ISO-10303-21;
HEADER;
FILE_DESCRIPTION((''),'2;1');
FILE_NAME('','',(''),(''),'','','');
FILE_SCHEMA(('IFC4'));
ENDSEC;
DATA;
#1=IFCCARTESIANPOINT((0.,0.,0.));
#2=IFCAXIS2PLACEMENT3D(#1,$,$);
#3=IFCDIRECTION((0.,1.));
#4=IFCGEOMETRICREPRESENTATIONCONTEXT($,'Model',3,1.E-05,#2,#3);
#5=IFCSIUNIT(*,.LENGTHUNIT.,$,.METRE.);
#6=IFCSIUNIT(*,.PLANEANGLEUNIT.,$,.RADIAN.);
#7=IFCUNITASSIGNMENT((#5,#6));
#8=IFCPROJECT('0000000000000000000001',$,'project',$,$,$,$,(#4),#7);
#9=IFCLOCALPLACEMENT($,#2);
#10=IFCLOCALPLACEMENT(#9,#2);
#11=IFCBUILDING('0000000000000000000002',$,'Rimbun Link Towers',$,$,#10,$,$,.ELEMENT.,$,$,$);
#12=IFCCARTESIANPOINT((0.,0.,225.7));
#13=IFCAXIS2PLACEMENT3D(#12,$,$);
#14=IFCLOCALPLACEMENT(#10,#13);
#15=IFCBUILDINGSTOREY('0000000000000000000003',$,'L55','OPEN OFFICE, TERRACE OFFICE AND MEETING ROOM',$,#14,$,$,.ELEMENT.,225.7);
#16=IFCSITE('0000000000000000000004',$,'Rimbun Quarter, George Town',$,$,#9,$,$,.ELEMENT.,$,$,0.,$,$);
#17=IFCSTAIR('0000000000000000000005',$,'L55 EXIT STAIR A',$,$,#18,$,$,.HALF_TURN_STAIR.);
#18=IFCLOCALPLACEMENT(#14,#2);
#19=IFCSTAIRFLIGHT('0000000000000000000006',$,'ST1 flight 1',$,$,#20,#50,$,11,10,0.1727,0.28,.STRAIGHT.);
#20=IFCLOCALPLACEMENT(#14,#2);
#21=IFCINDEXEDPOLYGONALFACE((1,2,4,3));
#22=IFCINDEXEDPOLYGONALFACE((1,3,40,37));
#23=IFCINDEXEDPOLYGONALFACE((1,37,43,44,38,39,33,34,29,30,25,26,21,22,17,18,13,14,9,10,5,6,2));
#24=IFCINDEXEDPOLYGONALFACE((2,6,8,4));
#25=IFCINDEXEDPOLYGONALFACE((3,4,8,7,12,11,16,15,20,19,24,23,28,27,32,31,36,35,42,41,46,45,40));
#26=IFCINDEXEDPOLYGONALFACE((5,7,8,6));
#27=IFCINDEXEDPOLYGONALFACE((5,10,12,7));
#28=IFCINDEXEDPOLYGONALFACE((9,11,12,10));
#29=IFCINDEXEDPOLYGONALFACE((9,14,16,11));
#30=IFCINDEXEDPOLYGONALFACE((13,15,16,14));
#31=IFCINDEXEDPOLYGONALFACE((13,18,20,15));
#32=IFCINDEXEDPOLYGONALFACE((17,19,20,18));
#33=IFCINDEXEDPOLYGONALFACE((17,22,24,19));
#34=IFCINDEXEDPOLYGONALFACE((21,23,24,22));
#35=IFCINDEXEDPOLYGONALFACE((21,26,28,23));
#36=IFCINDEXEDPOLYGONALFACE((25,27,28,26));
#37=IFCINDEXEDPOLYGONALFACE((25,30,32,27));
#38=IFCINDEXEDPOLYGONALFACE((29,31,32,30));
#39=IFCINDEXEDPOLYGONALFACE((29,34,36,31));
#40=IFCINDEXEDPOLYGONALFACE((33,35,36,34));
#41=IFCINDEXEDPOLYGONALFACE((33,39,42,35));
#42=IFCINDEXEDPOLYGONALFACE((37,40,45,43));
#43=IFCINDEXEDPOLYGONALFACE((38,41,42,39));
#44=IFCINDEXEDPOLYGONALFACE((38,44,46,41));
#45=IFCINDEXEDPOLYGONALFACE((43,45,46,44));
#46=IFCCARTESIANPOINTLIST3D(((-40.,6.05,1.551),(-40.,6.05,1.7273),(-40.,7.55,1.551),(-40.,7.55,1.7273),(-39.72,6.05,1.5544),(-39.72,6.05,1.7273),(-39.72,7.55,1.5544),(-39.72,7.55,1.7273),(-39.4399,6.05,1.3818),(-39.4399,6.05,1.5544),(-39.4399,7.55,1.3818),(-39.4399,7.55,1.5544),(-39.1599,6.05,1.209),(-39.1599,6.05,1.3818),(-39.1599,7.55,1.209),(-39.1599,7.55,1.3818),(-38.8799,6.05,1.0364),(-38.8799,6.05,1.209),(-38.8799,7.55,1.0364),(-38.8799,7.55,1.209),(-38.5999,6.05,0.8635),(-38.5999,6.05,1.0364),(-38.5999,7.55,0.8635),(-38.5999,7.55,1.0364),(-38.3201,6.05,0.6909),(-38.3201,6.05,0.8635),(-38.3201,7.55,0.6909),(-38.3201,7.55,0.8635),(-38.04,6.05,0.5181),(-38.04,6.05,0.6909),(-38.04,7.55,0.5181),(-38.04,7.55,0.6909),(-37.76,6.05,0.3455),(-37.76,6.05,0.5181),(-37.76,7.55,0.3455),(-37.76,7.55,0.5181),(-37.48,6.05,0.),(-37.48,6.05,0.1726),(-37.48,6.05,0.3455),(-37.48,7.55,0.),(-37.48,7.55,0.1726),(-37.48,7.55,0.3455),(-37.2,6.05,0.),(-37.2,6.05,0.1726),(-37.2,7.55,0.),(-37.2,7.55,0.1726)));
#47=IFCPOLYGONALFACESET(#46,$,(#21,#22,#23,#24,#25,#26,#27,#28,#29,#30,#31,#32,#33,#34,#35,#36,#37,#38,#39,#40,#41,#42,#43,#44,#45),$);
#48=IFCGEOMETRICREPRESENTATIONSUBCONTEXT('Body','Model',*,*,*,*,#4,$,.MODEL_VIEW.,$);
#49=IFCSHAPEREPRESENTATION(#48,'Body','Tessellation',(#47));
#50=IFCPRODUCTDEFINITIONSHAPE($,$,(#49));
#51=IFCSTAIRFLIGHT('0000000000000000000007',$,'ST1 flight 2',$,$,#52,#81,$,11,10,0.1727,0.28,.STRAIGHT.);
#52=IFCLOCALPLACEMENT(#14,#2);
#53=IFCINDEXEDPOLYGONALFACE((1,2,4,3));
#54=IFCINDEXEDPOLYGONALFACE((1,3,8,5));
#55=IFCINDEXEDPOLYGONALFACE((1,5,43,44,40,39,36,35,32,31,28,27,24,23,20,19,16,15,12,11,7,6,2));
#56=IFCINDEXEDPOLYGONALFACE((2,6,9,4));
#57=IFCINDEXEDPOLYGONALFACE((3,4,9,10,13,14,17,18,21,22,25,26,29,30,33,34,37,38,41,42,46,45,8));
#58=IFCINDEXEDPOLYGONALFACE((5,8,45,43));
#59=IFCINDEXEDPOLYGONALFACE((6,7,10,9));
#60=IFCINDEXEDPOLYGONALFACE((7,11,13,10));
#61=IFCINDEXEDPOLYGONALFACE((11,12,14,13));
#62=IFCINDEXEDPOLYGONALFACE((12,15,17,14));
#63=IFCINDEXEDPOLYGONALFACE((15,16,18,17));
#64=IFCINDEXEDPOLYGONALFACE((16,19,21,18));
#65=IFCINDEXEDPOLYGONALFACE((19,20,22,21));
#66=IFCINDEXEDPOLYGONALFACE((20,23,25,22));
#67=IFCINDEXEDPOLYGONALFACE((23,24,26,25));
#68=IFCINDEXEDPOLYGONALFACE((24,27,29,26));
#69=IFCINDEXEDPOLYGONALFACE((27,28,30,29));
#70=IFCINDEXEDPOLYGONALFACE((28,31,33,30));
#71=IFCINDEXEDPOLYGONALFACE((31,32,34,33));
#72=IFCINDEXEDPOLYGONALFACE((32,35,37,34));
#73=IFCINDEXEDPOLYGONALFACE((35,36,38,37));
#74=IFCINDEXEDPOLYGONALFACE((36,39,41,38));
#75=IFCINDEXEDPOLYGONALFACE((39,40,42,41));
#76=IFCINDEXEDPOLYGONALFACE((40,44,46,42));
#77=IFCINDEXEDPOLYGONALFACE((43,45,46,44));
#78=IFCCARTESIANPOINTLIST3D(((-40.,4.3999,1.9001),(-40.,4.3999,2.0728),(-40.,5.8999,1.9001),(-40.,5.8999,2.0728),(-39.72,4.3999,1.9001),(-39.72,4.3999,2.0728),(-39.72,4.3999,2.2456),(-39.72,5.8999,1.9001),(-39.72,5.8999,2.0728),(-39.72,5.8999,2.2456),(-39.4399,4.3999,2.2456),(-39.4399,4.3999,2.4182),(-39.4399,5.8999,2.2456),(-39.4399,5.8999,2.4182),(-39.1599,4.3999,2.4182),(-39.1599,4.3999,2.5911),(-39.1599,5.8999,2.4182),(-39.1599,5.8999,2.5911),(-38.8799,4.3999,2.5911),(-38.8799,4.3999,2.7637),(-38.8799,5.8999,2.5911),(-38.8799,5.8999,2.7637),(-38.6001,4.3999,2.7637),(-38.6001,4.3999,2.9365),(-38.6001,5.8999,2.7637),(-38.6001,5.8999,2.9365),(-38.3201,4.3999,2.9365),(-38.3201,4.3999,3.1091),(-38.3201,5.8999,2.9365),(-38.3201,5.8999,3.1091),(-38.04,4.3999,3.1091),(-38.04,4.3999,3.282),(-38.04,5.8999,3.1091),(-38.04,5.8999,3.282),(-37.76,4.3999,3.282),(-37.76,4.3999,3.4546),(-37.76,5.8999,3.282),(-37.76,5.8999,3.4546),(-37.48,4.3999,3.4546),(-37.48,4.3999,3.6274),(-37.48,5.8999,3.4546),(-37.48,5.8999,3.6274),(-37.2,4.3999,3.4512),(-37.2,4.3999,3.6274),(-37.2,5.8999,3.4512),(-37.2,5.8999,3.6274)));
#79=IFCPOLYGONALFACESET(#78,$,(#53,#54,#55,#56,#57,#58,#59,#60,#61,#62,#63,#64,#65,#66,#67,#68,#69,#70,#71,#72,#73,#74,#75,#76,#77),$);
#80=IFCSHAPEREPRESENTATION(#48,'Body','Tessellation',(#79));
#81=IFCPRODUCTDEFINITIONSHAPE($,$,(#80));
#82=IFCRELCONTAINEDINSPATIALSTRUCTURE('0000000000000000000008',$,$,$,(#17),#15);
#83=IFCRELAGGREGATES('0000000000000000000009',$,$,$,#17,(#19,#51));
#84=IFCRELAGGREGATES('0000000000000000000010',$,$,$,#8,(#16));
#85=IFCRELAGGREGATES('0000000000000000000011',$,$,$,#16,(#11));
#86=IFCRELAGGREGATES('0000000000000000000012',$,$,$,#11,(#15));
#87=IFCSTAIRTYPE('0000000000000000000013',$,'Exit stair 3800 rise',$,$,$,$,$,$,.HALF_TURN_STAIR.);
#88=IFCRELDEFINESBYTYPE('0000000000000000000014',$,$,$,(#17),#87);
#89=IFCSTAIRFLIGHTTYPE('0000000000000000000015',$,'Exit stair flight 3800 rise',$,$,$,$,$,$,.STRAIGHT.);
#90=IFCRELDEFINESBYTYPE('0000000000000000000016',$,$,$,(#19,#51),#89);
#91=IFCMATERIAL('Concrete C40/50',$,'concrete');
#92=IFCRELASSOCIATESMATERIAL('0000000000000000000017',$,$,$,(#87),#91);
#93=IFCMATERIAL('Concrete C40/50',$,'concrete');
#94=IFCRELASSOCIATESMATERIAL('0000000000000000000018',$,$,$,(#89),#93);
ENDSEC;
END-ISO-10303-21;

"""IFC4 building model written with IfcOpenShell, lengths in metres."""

from ifc_helpers import new_model, si_unit, direction, frame, origin, place, context, subcontext, project, spatial, polyline, outline, extrude, material, type_object, element, aggregate, save


model = new_model("IFC4")

# Units and contexts
model_context = context("Model", 3, precision=1e-05, world=origin(), true_north=direction((0.0, 1.0)))
body_context = subcontext(model_context, "Body", "Model", "MODEL_VIEW")
ifc_project = project(units=[si_unit("LENGTHUNIT", "METRE"), si_unit("PLANEANGLEUNIT", "RADIAN")], contexts=[model_context])

# Site, building, storey
site_placement = place(None, origin())
site = spatial("IfcSite", under=ifc_project, at=site_placement, Name="Rimbun Quarter, George Town", CompositionType="ELEMENT", RefElevation=0.0)
building_placement = place(site_placement, origin())
building = spatial("IfcBuilding", under=site, at=building_placement, Name="Rimbun Link Towers", CompositionType="ELEMENT")
storey_placement = place(building_placement, frame((0.0, 0.0, 225.7)))
storey = spatial("IfcBuildingStorey", under=building, at=storey_placement, Name="L55", Description="OPEN OFFICE, TERRACE OFFICE AND MEETING ROOM", CompositionType="ELEMENT", Elevation=225.7)

# Stair, stair flights
ifc_material_1 = material(Name="Concrete C40/50", Category="concrete")
stair_type = type_object("IfcStairType", Name="Exit stair 3800 rise", PredefinedType="HALF_TURN_STAIR", material=ifc_material_1)
stair_placement = place(storey_placement, origin())
stair = element("IfcStair", 1, at=stair_placement, inside=storey, type_object=stair_type, Name="L55 EXIT STAIR A", PredefinedType="HALF_TURN_STAIR")
ifc_material_2 = material(Name="Concrete C40/50", Category="concrete")
stair_flight_type = type_object("IfcStairFlightType", Name="Exit stair flight 3800 rise", PredefinedType="STRAIGHT", material=ifc_material_2)
stair_flight_1_placement = place(storey_placement, frame((-37.2, 6.8, 0.0), z_axis=(0.0, 0.0, 1.0), x_axis=(-1.0, 0.0, 0.0)))
stair_flight_1 = element("IfcStairFlight", 2, at=stair_flight_1_placement, type_object=stair_flight_type, Name="ST1 flight 1", NumberOfRisers=11, NumberOfTreads=10, PredefinedType="STRAIGHT", RiserHeight=0.1727, TreadLength=0.28, context=body_context, shape_type="SweptSolid", body=[
    extrude(outline(polyline([(0.0, 0.0), (0.0, 0.1726), (0.28, 0.1726), (0.28, 0.3455), (0.5601, 0.3455), (0.5601, 0.5181), (0.8401, 0.5181), (0.8401, 0.6909), (1.1201, 0.6909), (1.1201, 0.8635), (1.3999, 0.8635), (1.3999, 1.0364), (1.6799, 1.0364), (1.6799, 1.209), (1.96, 1.209), (1.96, 1.3818), (2.24, 1.3818), (2.24, 1.5544), (2.52, 1.5544), (2.52, 1.7273), (2.8, 1.7273), (2.8, 1.8999), (2.8, 1.551), (0.28, 0.0), (0.0, 0.0)])), frame((0.0, 0.75, 0.0), z_axis=(0.0, -1.0, 0.0), x_axis=(1.0, 0.0, 0.0)), (0.0, 0.0, 1.0), 1.5),
])
stair_flight_2_placement = place(storey_placement, frame((-40.0, 5.1499, 1.9001), z_axis=(0.0, 0.0, 1.0), x_axis=(1.0, 0.0, 0.0)))
stair_flight_2 = element("IfcStairFlight", 3, at=stair_flight_2_placement, type_object=stair_flight_type, Name="ST1 flight 2", NumberOfRisers=11, NumberOfTreads=10, PredefinedType="STRAIGHT", RiserHeight=0.1727, TreadLength=0.28, context=body_context, shape_type="SweptSolid", body=[
    extrude(outline(polyline([(0.0, 0.0), (0.0, 0.1726), (0.28, 0.1726), (0.28, 0.3455), (0.5601, 0.3455), (0.5601, 0.5181), (0.8401, 0.5181), (0.8401, 0.6909), (1.1201, 0.6909), (1.1201, 0.8635), (1.3999, 0.8635), (1.3999, 1.0364), (1.6799, 1.0364), (1.6799, 1.209), (1.96, 1.209), (1.96, 1.3818), (2.24, 1.3818), (2.24, 1.5544), (2.52, 1.5544), (2.52, 1.7273), (2.8, 1.7273), (2.8, 1.8999), (2.8, 1.551), (0.28, 0.0), (0.0, 0.0)])), frame((0.0, 0.75, 0.0), z_axis=(0.0, -1.0, 0.0), x_axis=(1.0, 0.0, 0.0)), (0.0, 0.0, 1.0), 1.5),
])
aggregate(stair, [stair_flight_1, stair_flight_2])

save(model, "model.ifc")
